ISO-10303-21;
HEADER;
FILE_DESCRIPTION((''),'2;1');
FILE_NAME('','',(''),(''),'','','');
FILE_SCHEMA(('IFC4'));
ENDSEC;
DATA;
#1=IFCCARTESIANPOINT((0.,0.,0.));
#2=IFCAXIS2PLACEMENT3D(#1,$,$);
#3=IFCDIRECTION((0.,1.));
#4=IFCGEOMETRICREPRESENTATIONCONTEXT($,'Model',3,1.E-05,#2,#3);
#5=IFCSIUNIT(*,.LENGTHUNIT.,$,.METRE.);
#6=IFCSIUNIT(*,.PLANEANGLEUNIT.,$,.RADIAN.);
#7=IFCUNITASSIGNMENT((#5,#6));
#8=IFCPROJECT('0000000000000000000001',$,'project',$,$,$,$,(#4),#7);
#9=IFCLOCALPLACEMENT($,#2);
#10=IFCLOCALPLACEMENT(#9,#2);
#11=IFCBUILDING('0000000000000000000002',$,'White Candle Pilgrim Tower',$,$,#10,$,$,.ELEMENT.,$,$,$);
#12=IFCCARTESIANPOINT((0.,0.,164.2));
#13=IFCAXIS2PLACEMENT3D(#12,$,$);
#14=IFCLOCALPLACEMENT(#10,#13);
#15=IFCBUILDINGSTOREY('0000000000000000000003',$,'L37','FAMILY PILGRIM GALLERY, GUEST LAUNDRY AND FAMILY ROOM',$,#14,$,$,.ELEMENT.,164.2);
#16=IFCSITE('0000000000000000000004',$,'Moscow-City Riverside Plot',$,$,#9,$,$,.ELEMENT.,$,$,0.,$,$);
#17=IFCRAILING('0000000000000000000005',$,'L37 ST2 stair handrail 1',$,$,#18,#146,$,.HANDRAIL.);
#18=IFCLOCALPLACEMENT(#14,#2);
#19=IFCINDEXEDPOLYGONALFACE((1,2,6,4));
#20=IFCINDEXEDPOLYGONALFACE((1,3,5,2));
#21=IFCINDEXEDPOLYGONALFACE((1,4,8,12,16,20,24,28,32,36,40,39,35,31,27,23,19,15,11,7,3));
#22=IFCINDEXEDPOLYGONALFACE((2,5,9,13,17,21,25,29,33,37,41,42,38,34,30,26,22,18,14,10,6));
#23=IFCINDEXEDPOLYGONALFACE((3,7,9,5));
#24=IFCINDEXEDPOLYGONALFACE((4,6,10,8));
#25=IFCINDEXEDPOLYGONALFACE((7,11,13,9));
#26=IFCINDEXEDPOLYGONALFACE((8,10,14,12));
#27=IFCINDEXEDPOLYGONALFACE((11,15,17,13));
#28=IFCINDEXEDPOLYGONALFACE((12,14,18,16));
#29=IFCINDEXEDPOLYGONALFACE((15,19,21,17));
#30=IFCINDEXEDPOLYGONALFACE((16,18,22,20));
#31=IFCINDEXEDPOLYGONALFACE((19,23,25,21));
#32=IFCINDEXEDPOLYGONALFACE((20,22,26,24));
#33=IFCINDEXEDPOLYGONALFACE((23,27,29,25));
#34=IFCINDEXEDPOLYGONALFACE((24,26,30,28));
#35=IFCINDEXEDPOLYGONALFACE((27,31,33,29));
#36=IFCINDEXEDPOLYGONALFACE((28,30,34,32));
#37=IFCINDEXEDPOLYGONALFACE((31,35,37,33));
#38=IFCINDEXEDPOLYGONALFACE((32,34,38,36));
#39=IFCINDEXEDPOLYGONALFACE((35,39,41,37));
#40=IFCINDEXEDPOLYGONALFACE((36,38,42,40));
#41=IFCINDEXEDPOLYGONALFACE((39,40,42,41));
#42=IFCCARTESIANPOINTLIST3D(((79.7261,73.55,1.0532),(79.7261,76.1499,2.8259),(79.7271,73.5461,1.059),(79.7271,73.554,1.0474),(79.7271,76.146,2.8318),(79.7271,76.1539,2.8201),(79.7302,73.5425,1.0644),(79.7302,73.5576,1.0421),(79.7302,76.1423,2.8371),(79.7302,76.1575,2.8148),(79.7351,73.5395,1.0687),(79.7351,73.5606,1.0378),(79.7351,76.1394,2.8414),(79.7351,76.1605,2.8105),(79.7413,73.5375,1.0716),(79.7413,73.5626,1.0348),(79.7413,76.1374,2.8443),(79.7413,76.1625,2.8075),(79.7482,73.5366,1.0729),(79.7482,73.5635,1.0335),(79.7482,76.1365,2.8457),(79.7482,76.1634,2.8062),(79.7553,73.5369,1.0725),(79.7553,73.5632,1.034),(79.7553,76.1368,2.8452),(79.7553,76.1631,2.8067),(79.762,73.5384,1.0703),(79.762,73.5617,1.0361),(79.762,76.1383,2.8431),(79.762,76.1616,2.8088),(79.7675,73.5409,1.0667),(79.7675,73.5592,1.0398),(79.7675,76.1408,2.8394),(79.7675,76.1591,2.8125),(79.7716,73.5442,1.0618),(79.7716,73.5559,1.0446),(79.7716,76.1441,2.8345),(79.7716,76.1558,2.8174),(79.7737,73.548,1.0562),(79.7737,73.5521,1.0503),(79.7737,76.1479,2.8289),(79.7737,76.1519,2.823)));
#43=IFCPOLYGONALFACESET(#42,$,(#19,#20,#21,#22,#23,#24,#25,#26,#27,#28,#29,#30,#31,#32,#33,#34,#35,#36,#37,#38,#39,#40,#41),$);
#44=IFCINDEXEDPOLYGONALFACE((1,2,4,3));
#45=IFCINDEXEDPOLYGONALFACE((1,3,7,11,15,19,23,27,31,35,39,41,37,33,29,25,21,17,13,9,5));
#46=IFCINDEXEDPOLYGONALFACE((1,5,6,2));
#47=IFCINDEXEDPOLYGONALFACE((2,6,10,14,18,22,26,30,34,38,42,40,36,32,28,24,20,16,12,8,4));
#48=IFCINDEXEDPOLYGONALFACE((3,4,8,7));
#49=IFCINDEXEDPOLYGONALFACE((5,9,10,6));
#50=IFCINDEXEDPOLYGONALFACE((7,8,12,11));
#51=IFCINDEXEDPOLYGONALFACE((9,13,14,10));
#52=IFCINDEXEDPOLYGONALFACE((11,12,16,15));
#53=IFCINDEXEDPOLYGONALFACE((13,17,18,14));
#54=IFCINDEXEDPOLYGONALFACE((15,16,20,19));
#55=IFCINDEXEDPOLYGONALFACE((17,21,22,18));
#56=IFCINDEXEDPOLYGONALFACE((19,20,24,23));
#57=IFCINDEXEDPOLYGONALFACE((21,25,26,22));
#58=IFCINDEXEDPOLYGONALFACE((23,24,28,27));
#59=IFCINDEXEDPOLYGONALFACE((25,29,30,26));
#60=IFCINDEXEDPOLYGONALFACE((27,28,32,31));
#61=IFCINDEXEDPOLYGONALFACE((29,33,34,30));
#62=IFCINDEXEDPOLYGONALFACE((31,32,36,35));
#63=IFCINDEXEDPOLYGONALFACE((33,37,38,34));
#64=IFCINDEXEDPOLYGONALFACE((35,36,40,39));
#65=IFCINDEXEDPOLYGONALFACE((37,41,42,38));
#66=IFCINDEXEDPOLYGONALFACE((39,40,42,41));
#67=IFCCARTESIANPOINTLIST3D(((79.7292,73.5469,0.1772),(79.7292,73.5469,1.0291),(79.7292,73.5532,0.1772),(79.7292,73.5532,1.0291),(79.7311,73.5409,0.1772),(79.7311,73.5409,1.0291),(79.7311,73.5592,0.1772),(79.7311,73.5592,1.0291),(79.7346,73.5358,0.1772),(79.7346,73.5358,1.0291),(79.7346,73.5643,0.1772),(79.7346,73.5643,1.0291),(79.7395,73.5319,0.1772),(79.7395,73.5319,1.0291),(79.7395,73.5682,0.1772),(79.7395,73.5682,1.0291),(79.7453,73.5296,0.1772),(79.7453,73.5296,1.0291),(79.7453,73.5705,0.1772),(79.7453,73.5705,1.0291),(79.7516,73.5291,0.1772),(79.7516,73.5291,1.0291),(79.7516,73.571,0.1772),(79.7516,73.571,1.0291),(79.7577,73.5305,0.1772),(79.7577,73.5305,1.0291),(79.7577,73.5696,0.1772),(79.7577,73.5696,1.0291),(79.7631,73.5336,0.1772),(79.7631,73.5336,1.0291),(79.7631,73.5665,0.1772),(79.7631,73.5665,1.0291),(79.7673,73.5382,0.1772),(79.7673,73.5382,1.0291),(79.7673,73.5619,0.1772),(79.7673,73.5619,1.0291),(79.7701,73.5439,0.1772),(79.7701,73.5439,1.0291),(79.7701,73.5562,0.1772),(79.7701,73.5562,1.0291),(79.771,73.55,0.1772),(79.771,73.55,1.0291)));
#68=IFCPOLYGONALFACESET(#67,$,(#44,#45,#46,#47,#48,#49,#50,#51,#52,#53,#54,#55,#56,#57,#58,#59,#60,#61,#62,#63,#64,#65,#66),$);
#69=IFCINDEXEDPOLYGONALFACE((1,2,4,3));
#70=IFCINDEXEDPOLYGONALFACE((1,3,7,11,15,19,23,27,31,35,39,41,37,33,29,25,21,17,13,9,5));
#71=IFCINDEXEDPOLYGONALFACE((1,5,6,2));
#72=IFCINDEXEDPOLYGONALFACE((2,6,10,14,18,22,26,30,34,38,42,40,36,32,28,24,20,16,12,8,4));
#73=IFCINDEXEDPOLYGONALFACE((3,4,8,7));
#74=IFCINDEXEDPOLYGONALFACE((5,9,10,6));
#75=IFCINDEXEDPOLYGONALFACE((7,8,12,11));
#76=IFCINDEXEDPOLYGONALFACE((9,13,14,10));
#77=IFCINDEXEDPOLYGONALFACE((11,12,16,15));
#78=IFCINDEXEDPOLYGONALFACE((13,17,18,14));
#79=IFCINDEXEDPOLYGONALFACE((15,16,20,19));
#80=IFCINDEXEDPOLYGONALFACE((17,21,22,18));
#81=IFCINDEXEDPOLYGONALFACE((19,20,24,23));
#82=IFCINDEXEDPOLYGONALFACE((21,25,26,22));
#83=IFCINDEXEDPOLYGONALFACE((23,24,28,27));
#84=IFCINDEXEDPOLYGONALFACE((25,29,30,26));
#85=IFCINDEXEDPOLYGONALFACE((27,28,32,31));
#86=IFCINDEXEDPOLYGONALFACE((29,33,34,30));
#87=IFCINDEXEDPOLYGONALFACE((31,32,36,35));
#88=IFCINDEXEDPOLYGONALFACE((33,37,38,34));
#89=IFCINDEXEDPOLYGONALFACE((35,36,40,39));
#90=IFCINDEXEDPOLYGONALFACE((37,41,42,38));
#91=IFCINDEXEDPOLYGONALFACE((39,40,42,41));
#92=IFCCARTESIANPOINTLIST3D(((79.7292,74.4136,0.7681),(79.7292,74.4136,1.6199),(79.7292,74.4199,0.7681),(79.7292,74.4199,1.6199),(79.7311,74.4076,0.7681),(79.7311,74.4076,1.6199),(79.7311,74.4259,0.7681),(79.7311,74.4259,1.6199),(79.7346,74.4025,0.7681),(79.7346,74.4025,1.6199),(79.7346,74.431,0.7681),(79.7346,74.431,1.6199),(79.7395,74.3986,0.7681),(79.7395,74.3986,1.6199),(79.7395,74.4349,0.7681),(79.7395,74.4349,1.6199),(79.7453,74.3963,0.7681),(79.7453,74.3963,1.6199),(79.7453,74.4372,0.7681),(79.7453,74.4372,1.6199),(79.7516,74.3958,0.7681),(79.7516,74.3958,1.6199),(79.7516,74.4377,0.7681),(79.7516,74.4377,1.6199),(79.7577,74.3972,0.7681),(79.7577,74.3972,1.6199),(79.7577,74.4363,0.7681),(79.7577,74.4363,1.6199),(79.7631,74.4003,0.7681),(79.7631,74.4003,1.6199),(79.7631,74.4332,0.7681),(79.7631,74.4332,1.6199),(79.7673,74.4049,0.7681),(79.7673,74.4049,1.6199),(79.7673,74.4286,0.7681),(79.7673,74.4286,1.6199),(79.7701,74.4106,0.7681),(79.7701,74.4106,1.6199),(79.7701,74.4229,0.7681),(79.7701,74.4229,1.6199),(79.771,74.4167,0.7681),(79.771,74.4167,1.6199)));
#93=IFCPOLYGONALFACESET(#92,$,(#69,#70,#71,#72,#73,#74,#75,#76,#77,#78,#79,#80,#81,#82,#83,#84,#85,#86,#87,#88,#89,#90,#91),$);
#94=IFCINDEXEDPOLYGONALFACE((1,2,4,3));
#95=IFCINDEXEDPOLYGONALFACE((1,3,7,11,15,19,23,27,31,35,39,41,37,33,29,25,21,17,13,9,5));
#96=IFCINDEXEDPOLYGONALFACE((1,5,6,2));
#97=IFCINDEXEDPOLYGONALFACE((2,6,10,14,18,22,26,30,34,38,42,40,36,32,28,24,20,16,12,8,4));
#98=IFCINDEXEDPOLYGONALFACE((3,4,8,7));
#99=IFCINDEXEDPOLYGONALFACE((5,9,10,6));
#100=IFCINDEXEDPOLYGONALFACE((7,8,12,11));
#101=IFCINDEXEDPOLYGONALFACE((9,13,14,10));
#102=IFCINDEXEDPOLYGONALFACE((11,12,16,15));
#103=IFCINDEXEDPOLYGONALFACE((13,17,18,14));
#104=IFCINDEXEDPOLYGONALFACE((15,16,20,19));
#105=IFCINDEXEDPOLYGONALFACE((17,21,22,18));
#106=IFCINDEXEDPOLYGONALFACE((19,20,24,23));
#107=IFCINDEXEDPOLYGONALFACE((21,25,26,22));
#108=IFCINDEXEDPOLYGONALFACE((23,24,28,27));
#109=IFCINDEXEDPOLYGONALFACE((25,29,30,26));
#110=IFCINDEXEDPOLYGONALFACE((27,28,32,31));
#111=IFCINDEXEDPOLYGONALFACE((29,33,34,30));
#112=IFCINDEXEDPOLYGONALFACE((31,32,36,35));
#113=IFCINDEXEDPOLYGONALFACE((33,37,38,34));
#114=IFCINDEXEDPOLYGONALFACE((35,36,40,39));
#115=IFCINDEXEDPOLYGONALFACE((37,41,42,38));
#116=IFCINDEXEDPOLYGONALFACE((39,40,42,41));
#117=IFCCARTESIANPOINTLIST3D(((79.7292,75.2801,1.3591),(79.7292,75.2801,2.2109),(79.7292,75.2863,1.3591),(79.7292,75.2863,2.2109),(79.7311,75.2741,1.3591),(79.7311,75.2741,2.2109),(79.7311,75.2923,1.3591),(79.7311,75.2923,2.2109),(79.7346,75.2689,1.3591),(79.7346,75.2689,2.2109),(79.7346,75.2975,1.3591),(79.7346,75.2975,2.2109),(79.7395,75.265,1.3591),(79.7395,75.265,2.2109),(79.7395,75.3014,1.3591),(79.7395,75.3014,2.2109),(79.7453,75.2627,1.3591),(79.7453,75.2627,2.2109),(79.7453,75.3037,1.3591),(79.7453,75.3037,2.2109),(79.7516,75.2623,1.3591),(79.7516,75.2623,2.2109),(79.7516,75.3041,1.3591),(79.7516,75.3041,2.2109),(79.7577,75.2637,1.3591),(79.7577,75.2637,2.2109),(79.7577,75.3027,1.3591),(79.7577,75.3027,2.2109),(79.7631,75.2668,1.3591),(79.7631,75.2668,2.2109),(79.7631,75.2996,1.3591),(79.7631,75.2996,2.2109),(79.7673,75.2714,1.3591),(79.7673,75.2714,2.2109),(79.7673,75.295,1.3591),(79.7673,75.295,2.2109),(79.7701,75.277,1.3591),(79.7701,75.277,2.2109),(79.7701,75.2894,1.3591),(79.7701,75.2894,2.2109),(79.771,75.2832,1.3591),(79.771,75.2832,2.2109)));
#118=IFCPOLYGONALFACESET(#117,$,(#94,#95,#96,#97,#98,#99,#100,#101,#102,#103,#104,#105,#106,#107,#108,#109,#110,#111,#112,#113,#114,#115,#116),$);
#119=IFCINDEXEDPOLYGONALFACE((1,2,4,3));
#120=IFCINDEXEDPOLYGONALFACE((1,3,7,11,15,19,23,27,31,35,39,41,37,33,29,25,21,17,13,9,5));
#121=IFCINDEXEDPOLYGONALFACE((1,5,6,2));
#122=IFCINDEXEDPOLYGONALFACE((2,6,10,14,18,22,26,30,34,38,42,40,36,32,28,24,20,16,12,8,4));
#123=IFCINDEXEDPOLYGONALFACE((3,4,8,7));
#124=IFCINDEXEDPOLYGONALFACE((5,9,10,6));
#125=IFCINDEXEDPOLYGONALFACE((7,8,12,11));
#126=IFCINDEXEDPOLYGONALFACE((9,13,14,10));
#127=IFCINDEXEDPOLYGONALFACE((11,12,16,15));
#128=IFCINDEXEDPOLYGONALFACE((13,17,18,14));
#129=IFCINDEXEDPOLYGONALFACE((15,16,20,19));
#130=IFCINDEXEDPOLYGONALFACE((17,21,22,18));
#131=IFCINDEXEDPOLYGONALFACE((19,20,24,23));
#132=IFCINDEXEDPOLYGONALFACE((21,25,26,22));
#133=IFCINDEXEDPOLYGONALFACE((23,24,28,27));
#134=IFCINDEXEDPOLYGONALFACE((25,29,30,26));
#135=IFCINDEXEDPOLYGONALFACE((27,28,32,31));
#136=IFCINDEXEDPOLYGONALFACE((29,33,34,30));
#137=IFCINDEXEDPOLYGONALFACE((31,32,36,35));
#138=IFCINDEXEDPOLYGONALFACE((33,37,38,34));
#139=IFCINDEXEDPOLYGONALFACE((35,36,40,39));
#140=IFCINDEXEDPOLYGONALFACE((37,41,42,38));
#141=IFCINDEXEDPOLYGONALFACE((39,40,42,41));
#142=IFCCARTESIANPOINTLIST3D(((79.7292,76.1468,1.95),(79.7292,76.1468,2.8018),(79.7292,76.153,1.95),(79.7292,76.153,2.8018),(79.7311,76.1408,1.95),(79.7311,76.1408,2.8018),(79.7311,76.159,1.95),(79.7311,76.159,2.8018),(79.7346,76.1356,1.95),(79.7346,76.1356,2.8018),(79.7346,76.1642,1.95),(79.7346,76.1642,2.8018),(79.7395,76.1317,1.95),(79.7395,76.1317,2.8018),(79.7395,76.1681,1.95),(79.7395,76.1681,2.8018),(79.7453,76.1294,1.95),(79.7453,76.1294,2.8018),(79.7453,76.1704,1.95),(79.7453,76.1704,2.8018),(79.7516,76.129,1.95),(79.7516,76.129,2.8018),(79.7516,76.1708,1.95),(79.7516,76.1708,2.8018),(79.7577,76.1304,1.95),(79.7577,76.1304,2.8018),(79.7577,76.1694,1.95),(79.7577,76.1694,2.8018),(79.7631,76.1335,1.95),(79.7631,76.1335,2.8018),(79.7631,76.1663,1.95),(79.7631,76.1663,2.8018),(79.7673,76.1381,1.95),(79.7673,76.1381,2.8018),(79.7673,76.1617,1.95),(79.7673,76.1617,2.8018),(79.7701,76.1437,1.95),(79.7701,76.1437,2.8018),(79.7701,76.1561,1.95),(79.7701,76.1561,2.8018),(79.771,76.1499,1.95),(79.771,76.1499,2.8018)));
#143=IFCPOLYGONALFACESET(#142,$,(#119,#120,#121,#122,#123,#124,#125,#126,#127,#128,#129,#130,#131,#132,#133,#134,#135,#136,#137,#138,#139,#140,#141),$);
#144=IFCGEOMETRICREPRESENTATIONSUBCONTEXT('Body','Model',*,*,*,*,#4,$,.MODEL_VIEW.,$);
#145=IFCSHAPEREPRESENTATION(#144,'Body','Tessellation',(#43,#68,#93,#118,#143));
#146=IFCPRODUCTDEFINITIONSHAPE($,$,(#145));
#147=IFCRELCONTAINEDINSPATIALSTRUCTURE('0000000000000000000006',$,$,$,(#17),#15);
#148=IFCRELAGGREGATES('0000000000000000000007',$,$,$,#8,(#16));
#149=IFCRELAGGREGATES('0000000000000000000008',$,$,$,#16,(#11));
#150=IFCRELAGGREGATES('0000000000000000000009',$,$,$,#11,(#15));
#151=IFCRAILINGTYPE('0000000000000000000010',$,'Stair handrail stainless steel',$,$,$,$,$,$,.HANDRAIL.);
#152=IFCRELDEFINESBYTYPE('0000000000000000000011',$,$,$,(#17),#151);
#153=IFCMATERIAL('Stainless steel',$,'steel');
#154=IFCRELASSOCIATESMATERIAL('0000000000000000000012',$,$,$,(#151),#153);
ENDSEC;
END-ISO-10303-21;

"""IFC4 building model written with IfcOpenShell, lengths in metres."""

from ifc_helpers import new_model, si_unit, direction, frame, origin, origin_2d, place, context, subcontext, project, spatial, circle, extrude, material, type_object, element, save


model = new_model("IFC4")

# Units and contexts
model_context = context("Model", 3, precision=1e-05, world=origin(), true_north=direction((0.0, 1.0)))
body_context = subcontext(model_context, "Body", "Model", "MODEL_VIEW")
ifc_project = project(units=[si_unit("LENGTHUNIT", "METRE"), si_unit("PLANEANGLEUNIT", "RADIAN")], contexts=[model_context])

# Site, building, storey
site_placement = place(None, origin())
site = spatial("IfcSite", under=ifc_project, at=site_placement, Name="Moscow-City Riverside Plot", CompositionType="ELEMENT", RefElevation=0.0)
building_placement = place(site_placement, origin())
building = spatial("IfcBuilding", under=site, at=building_placement, Name="White Candle Pilgrim Tower", CompositionType="ELEMENT")
storey_placement = place(building_placement, frame((0.0, 0.0, 164.2)))
storey = spatial("IfcBuildingStorey", under=building, at=storey_placement, Name="L37", Description="FAMILY PILGRIM GALLERY, GUEST LAUNDRY AND FAMILY ROOM", CompositionType="ELEMENT", Elevation=164.2)

# Railing
ifc_material_1 = material(Name="Stainless steel", Category="steel")
railing_type_1 = type_object("IfcRailingType", Name="Stair handrail stainless steel", PredefinedType="HANDRAIL", material=ifc_material_1)
railing_1_placement = place(storey_placement, frame((79.75, 73.55, 0.1772)))
element("IfcRailing", 1, at=railing_1_placement, inside=storey, type_object=railing_type_1, Name="L37 ST2 stair handrail 1", PredefinedType="HANDRAIL", context=body_context, shape_type="SweptSolid", body=[
    extrude(circle(Radius=0.0239, at=origin_2d()), frame((0.0, 0.0, 0.876), z_axis=(0.0, 0.826216, 0.563354), x_axis=(-1.0, 0.0, 0.0)), (0.0, 0.0, 1.0), 3.1467),
    extrude(circle(Radius=0.021, at=origin_2d()), origin(), (0.0, 0.0, 1.0), 0.8518),
    extrude(circle(Radius=0.021, at=origin_2d()), frame((0.0, 0.8667, 0.5908)), (0.0, 0.0, 1.0), 0.8518),
    extrude(circle(Radius=0.021, at=origin_2d()), frame((0.0, 1.7332, 1.1819)), (0.0, 0.0, 1.0), 0.8518),
    extrude(circle(Radius=0.021, at=origin_2d()), frame((0.0, 2.5999, 1.7727)), (0.0, 0.0, 1.0), 0.8518),
])

save(model, "model.ifc")
